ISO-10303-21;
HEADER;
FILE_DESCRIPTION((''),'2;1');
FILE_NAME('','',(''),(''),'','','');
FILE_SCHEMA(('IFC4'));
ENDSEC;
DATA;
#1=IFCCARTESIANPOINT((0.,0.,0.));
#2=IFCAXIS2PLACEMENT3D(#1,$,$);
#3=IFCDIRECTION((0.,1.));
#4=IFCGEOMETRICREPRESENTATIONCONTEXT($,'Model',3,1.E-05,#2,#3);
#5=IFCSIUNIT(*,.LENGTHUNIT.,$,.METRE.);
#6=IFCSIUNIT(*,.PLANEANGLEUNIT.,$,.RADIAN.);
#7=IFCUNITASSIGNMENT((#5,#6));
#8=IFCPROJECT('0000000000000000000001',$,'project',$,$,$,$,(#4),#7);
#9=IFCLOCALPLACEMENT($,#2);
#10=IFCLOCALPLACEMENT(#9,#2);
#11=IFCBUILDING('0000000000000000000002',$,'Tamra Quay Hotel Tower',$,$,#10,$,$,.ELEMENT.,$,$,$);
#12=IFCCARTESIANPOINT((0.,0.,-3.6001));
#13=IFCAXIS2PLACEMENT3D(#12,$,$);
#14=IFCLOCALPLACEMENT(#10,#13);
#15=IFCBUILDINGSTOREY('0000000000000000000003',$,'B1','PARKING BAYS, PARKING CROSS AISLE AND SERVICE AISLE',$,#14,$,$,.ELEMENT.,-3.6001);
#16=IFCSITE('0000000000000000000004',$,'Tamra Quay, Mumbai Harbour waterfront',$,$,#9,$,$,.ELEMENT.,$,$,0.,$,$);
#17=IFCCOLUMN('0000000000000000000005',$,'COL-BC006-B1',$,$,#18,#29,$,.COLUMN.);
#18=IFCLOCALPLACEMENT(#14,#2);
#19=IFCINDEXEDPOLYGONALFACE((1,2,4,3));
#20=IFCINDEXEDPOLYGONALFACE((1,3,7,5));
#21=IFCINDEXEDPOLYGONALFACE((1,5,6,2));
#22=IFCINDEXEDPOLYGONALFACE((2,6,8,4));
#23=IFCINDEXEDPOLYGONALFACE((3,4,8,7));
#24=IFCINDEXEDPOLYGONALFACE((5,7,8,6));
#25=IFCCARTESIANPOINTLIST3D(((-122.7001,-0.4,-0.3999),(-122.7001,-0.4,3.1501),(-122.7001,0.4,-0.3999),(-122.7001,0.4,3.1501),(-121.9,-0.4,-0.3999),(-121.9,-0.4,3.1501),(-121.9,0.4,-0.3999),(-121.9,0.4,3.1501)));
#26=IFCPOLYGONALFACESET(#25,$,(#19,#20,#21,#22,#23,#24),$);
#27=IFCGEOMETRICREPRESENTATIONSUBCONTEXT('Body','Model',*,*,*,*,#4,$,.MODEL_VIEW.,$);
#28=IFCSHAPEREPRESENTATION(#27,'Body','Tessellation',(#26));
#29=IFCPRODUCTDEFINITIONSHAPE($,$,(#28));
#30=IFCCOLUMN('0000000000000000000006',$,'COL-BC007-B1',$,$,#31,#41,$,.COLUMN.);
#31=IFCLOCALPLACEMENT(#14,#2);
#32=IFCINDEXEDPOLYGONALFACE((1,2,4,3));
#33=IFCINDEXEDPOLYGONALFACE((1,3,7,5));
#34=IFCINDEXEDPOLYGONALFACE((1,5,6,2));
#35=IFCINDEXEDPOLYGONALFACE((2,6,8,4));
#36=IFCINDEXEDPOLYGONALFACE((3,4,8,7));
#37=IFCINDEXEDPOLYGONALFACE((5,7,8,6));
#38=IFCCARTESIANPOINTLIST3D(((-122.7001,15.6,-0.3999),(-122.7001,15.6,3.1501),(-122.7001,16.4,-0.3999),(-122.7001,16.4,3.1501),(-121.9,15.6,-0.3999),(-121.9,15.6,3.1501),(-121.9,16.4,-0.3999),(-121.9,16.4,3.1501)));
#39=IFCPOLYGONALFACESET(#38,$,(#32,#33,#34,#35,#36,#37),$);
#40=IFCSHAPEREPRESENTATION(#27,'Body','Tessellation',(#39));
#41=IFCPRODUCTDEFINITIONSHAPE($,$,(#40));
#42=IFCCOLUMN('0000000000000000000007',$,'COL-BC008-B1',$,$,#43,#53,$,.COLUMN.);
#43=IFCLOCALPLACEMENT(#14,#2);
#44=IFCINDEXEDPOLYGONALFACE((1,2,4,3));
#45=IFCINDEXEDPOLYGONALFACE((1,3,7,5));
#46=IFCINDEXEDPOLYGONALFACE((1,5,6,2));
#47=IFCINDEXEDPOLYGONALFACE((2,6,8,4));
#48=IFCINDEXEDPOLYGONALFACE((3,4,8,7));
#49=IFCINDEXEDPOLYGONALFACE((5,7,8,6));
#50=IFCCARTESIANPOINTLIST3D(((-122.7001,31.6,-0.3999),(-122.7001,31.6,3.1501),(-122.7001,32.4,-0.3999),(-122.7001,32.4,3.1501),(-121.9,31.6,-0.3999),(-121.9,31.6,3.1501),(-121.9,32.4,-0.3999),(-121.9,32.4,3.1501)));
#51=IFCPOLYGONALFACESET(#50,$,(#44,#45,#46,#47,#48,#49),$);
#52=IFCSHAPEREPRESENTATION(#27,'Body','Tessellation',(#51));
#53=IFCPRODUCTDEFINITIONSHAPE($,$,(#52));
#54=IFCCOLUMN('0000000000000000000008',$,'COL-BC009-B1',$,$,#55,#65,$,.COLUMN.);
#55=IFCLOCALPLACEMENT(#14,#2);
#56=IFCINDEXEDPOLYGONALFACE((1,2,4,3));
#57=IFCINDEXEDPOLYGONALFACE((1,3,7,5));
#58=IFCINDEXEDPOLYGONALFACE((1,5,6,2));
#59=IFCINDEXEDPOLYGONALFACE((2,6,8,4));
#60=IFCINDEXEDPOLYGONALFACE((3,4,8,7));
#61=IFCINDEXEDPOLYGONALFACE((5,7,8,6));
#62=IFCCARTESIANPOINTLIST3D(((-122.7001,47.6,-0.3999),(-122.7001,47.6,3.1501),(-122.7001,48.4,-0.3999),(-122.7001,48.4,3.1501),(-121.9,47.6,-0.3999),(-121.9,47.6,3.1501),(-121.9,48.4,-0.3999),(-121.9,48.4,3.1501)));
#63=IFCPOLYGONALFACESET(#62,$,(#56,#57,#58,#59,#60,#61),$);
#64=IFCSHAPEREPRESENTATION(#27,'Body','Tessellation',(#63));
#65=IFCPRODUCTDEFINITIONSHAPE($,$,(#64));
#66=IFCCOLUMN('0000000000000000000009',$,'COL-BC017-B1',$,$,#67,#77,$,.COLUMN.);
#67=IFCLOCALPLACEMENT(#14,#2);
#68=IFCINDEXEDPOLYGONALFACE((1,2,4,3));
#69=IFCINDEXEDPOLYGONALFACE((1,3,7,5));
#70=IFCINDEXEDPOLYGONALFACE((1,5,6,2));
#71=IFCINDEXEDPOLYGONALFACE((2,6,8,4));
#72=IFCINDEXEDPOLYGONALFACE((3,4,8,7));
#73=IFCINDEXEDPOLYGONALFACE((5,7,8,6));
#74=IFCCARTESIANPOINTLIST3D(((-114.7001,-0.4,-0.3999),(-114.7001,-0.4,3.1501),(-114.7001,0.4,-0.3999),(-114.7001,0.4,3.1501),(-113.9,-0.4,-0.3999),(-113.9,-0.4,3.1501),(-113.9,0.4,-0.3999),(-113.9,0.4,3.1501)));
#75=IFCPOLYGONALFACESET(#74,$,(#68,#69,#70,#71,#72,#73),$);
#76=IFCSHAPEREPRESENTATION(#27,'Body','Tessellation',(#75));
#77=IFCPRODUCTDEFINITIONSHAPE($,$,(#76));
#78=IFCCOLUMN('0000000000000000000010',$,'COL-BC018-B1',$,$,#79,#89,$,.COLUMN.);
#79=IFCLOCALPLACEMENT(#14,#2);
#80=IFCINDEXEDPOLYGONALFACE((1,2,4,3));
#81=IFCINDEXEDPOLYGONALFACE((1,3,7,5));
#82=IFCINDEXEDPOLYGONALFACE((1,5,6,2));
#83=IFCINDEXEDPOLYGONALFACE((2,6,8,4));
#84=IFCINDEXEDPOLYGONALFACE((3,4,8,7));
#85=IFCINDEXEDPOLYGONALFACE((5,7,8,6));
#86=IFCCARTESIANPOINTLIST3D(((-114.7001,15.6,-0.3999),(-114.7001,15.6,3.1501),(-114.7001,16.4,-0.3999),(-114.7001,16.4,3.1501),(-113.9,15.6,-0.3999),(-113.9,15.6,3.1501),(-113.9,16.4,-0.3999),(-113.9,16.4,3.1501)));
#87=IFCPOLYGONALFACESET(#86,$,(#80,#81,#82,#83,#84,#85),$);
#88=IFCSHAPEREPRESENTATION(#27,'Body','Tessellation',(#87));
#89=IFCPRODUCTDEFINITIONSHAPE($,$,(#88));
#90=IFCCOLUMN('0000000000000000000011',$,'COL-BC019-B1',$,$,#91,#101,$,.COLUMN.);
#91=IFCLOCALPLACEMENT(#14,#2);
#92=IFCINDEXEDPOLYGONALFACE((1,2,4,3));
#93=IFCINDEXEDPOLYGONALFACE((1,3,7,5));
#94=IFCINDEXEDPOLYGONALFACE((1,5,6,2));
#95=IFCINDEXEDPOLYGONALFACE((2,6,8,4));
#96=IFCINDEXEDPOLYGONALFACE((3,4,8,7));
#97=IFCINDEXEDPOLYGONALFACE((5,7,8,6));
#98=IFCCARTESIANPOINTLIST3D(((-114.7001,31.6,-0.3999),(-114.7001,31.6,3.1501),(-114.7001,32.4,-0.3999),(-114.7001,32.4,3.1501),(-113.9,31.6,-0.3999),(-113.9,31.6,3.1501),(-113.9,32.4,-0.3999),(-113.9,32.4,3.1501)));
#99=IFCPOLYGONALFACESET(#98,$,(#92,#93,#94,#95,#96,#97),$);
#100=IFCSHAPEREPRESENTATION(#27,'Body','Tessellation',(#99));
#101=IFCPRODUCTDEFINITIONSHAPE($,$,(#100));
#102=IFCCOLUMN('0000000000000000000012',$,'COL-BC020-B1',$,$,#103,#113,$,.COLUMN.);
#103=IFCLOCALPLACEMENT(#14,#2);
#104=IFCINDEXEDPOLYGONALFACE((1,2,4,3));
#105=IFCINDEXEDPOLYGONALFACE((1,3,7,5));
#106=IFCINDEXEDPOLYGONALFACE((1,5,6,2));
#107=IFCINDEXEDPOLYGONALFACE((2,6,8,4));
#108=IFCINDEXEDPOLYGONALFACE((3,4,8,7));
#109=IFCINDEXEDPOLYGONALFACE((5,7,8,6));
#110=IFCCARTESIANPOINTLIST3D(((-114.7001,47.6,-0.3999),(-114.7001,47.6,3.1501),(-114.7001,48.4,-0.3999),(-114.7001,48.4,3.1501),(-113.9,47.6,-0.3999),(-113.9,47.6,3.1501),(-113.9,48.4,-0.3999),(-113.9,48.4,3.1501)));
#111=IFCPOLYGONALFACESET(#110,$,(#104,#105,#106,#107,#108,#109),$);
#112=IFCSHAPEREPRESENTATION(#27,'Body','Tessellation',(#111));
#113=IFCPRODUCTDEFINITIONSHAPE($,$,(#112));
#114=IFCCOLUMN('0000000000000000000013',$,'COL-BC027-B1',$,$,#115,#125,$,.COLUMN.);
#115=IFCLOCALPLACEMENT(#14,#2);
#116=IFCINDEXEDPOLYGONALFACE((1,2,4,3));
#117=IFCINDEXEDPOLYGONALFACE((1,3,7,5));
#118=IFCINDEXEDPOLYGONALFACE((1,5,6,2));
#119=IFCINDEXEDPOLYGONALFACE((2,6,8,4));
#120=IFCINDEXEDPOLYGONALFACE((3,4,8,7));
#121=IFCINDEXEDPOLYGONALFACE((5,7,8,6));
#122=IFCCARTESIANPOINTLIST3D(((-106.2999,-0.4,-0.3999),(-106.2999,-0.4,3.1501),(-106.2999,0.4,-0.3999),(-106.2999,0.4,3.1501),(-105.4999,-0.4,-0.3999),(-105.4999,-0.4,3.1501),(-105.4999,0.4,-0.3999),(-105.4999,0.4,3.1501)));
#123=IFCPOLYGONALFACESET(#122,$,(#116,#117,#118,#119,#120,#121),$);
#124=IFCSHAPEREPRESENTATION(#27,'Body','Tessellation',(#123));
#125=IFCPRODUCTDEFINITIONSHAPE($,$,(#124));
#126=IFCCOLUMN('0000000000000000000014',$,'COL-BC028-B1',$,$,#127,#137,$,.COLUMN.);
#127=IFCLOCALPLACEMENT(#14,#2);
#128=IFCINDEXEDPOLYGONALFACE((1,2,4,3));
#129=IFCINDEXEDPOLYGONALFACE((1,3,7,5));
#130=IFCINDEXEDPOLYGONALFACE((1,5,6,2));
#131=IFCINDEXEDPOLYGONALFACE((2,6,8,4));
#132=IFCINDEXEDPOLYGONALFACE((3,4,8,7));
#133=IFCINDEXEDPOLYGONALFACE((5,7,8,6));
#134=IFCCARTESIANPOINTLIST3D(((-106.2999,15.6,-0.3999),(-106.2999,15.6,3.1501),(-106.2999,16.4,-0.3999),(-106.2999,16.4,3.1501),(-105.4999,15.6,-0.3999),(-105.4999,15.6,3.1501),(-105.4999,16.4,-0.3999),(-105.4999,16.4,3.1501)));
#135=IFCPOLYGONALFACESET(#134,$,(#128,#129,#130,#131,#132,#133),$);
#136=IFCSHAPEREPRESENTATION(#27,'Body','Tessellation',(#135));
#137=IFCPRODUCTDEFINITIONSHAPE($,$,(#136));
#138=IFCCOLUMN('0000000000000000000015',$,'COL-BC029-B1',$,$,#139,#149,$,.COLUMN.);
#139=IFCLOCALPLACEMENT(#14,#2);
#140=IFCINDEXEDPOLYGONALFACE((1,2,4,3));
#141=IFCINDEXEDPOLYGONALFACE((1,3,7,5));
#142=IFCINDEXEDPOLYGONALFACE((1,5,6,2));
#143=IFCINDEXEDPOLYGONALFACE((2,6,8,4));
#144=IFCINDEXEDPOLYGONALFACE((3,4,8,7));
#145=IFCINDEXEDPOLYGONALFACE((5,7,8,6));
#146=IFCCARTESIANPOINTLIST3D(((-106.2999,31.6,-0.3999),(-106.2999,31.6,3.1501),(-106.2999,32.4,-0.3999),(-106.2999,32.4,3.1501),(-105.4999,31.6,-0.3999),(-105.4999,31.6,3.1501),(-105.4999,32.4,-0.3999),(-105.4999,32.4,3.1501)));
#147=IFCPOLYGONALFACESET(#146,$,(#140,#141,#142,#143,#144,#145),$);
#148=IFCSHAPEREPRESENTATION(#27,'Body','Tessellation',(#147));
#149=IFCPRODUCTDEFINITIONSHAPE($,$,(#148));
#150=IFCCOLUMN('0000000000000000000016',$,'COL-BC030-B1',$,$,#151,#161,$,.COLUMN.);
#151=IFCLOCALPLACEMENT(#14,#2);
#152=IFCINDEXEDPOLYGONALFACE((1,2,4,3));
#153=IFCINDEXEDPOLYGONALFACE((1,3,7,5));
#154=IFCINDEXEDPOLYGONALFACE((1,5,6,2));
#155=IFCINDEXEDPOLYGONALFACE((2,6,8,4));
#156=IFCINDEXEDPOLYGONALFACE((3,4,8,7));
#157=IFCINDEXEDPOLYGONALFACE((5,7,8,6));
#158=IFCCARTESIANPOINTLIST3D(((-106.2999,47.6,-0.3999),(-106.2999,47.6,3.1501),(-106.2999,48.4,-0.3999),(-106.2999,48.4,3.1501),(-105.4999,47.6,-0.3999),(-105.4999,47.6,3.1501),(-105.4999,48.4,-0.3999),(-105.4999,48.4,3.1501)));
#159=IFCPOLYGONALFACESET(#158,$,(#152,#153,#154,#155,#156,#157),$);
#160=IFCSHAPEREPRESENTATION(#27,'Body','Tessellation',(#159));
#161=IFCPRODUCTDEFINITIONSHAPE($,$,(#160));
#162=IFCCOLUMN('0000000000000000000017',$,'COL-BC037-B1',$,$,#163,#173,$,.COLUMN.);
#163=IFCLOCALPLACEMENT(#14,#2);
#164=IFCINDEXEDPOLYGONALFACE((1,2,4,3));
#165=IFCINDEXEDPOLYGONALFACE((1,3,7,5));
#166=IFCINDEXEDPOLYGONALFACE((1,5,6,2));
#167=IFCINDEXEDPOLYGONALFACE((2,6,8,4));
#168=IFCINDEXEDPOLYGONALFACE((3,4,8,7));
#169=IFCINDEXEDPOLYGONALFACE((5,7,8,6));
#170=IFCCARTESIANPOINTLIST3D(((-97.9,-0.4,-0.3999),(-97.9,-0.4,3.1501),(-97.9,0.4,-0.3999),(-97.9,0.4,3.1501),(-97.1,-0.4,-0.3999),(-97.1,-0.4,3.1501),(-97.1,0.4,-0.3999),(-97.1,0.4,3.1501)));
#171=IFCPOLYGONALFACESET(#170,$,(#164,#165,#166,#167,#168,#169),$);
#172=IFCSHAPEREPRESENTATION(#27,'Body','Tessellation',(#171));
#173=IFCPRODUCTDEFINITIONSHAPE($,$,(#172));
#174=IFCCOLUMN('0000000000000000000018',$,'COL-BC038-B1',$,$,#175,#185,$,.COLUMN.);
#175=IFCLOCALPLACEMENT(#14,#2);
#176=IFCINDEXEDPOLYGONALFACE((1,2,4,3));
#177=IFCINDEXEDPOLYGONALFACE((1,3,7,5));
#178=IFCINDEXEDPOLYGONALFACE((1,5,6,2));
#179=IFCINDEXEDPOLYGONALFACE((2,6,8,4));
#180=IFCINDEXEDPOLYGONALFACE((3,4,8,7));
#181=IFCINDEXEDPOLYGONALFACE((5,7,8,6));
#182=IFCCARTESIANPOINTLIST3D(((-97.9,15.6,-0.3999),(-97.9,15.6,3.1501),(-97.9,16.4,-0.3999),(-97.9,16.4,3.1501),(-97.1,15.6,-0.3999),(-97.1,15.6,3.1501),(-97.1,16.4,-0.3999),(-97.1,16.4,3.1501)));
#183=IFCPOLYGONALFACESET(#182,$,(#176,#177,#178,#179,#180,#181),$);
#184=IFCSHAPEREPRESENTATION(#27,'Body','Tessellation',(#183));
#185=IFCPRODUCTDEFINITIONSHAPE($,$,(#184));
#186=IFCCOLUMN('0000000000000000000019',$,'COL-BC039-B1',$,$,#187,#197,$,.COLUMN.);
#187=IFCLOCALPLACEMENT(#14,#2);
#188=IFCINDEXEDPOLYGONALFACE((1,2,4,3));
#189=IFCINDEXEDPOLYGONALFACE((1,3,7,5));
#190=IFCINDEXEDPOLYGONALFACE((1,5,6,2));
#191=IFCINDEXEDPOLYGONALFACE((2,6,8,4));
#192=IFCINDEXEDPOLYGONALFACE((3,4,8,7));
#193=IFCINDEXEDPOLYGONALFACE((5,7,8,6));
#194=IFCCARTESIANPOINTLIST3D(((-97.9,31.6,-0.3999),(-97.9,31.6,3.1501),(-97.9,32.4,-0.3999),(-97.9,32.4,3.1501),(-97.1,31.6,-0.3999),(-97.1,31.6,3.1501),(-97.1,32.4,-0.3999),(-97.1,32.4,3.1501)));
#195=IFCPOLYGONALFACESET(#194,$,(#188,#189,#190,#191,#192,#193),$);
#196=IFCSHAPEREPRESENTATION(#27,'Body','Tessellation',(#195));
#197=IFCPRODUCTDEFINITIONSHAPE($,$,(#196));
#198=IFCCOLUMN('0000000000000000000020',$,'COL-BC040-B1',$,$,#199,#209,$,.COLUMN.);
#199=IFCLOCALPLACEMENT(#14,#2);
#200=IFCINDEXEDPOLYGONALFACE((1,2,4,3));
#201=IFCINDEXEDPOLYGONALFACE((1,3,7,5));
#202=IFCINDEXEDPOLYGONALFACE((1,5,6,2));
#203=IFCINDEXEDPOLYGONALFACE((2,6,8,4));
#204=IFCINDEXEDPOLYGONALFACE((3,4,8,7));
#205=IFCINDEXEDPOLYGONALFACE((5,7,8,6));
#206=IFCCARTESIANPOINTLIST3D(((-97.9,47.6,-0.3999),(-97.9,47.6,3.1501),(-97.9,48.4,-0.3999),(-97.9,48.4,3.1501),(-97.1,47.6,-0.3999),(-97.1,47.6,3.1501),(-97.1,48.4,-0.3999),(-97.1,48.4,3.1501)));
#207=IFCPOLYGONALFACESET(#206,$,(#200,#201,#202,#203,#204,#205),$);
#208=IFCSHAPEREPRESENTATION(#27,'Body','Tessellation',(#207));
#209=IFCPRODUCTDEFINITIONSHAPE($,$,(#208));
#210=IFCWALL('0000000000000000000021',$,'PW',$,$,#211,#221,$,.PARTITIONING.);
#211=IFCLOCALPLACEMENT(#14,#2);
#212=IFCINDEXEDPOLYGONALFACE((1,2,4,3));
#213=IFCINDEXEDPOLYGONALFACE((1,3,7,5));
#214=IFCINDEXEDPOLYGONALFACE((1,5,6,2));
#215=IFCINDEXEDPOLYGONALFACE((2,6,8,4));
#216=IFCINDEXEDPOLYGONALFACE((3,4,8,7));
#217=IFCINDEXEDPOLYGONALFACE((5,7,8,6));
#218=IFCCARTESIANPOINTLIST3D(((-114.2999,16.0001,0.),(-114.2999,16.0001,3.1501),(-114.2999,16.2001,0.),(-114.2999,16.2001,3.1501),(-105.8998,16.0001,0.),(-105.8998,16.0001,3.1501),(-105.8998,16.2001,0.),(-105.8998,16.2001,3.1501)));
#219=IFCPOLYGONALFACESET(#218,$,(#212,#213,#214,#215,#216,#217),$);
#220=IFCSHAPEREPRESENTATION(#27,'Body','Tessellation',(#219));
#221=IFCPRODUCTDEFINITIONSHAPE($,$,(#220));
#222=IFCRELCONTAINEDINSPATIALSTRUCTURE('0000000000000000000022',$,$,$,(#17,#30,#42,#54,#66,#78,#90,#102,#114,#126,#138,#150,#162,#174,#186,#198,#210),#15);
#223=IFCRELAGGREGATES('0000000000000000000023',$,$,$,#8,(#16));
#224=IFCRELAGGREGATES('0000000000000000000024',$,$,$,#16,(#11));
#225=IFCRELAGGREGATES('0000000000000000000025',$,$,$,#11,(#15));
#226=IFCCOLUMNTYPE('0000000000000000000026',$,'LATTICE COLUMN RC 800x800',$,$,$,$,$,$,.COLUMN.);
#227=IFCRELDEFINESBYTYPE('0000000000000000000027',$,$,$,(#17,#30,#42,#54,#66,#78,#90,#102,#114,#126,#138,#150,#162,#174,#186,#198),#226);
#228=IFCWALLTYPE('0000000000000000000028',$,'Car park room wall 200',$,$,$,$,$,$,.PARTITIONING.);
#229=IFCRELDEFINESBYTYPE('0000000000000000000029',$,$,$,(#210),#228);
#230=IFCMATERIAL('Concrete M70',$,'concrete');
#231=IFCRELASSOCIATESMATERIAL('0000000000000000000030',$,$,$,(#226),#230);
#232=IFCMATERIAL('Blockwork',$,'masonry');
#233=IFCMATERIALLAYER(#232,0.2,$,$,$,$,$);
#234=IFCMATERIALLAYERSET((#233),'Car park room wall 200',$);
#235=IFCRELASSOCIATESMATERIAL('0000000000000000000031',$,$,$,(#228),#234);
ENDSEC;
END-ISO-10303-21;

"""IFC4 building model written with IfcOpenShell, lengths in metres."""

from ifc_helpers import new_model, si_unit, direction, frame, frame_2d, origin, origin_2d, place, context, subcontext, project, spatial, rectangle, extrude, material, layer, layer_set, material_profile, profile_set, type_object, element, save


model = new_model("IFC4")

# Units and contexts
model_context = context("Model", 3, precision=1e-05, world=origin(), true_north=direction((0.0, 1.0)))
body_context = subcontext(model_context, "Body", "Model", "MODEL_VIEW")
ifc_project = project(units=[si_unit("LENGTHUNIT", "METRE"), si_unit("PLANEANGLEUNIT", "RADIAN")], contexts=[model_context])

# Site, building, storey
site_placement = place(None, origin())
site = spatial("IfcSite", under=ifc_project, at=site_placement, Name="Tamra Quay, Mumbai Harbour waterfront", CompositionType="ELEMENT", RefElevation=0.0)
building_placement = place(site_placement, origin())
building = spatial("IfcBuilding", under=site, at=building_placement, Name="Tamra Quay Hotel Tower", CompositionType="ELEMENT")
storey_placement = place(building_placement, frame((0.0, 0.0, -3.6001)))
storey = spatial("IfcBuildingStorey", under=building, at=storey_placement, Name="B1", Description="PARKING BAYS, PARKING CROSS AISLE AND SERVICE AISLE", CompositionType="ELEMENT", Elevation=-3.6001)

# Columns
ifc_material_1 = material(Name="Concrete M70", Category="concrete")
ifc_material_profile = material_profile(ifc_material_1, rectangle(XDim=0.8, YDim=0.8, at=origin_2d()), Name="LATTICE COLUMN RC 800x800")
ifc_profile_set = profile_set([ifc_material_profile], Name="Concrete M70")
column_type = type_object("IfcColumnType", Name="LATTICE COLUMN RC 800x800", PredefinedType="COLUMN", material=ifc_profile_set)
for number, where, z_axis, x_axis, name in (
    (1, (-122.3, 0.0, -0.3999), (0.0, 0.0, 1.0), (1.0, 0.0, 0.0), "COL-BC006-B1"),
    (2, (-122.3, 16.0, -0.3999), (0.0, 0.0, 1.0), (1.0, 0.0, 0.0), "COL-BC007-B1"),
    (3, (-122.3, 32.0, -0.3999), (0.0, 0.0, 1.0), (1.0, 0.0, 0.0), "COL-BC008-B1"),
    (4, (-122.3, 48.0, -0.3999), (0.0, 0.0, 1.0), (1.0, 0.0, 0.0), "COL-BC009-B1"),
    (5, (-114.3, 0.0, -0.3999), (0.0, 0.0, 1.0), (1.0, 0.0, 0.0), "COL-BC017-B1"),
    (6, (-114.3, 16.0, -0.3999), (0.0, 0.0, 1.0), (1.0, 0.0, 0.0), "COL-BC018-B1"),
    (7, (-114.3, 32.0, -0.3999), (0.0, 0.0, 1.0), (1.0, 0.0, 0.0), "COL-BC019-B1"),
    (8, (-114.3, 48.0, -0.3999), (0.0, 0.0, 1.0), (1.0, 0.0, 0.0), "COL-BC020-B1"),
    (9, (-105.8999, 0.0, -0.3999), (0.0, 0.0, 1.0), (1.0, 0.0, 0.0), "COL-BC027-B1"),
    (10, (-105.8999, 16.0, -0.3999), (0.0, 0.0, 1.0), (1.0, 0.0, 0.0), "COL-BC028-B1"),
    (11, (-105.8999, 32.0, -0.3999), (0.0, 0.0, 1.0), (1.0, 0.0, 0.0), "COL-BC029-B1"),
    (12, (-105.8999, 48.0, -0.3999), (0.0, 0.0, 1.0), (1.0, 0.0, 0.0), "COL-BC030-B1"),
    (13, (-97.5, 0.0, -0.3999), (0.0, 0.0, 1.0), (1.0, 0.0, 0.0), "COL-BC037-B1"),
    (14, (-97.5, 16.0, -0.3999), (0.0, 0.0, 1.0), (1.0, 0.0, 0.0), "COL-BC038-B1"),
    (15, (-97.5, 32.0, -0.3999), (0.0, 0.0, 1.0), (1.0, 0.0, 0.0), "COL-BC039-B1"),
    (16, (-97.5, 48.0, -0.3999), (0.0, 0.0, 1.0), (1.0, 0.0, 0.0), "COL-BC040-B1"),
):
    element("IfcColumn", number, at=place(storey_placement, frame(where, z_axis=z_axis, x_axis=x_axis)), inside=storey, type_object=column_type, Name=name, PredefinedType="COLUMN", context=body_context, shape_type="SweptSolid", body=[
        extrude(rectangle(XDim=0.8, YDim=0.8, at=origin_2d()), origin(), (0.0, 0.0, 1.0), 3.55),
    ])

# Wall
ifc_material_2 = material(Name="Blockwork", Category="masonry")
ifc_layer_1 = layer(ifc_material_2, 0.2)
ifc_layer_set_1 = layer_set([ifc_layer_1], Name="Car park room wall 200")
wall_type_1 = type_object("IfcWallType", Name="Car park room wall 200", PredefinedType="PARTITIONING", material=ifc_layer_set_1)
wall_1_placement = place(storey_placement, frame((-114.3, 16.1001, 0.0), z_axis=(0.0, 0.0, 1.0), x_axis=(1.0, 0.0, 0.0)))
element("IfcWall", 17, at=wall_1_placement, inside=storey, type_object=wall_type_1, Name="PW", PredefinedType="PARTITIONING", context=body_context, shape_type="SweptSolid", body=[
    extrude(rectangle(XDim=8.4001, YDim=0.2, at=frame_2d((4.2002, 0.0))), origin(), (0.0, 0.0, 1.0), 3.1501),
])

save(model, "model.ifc")
